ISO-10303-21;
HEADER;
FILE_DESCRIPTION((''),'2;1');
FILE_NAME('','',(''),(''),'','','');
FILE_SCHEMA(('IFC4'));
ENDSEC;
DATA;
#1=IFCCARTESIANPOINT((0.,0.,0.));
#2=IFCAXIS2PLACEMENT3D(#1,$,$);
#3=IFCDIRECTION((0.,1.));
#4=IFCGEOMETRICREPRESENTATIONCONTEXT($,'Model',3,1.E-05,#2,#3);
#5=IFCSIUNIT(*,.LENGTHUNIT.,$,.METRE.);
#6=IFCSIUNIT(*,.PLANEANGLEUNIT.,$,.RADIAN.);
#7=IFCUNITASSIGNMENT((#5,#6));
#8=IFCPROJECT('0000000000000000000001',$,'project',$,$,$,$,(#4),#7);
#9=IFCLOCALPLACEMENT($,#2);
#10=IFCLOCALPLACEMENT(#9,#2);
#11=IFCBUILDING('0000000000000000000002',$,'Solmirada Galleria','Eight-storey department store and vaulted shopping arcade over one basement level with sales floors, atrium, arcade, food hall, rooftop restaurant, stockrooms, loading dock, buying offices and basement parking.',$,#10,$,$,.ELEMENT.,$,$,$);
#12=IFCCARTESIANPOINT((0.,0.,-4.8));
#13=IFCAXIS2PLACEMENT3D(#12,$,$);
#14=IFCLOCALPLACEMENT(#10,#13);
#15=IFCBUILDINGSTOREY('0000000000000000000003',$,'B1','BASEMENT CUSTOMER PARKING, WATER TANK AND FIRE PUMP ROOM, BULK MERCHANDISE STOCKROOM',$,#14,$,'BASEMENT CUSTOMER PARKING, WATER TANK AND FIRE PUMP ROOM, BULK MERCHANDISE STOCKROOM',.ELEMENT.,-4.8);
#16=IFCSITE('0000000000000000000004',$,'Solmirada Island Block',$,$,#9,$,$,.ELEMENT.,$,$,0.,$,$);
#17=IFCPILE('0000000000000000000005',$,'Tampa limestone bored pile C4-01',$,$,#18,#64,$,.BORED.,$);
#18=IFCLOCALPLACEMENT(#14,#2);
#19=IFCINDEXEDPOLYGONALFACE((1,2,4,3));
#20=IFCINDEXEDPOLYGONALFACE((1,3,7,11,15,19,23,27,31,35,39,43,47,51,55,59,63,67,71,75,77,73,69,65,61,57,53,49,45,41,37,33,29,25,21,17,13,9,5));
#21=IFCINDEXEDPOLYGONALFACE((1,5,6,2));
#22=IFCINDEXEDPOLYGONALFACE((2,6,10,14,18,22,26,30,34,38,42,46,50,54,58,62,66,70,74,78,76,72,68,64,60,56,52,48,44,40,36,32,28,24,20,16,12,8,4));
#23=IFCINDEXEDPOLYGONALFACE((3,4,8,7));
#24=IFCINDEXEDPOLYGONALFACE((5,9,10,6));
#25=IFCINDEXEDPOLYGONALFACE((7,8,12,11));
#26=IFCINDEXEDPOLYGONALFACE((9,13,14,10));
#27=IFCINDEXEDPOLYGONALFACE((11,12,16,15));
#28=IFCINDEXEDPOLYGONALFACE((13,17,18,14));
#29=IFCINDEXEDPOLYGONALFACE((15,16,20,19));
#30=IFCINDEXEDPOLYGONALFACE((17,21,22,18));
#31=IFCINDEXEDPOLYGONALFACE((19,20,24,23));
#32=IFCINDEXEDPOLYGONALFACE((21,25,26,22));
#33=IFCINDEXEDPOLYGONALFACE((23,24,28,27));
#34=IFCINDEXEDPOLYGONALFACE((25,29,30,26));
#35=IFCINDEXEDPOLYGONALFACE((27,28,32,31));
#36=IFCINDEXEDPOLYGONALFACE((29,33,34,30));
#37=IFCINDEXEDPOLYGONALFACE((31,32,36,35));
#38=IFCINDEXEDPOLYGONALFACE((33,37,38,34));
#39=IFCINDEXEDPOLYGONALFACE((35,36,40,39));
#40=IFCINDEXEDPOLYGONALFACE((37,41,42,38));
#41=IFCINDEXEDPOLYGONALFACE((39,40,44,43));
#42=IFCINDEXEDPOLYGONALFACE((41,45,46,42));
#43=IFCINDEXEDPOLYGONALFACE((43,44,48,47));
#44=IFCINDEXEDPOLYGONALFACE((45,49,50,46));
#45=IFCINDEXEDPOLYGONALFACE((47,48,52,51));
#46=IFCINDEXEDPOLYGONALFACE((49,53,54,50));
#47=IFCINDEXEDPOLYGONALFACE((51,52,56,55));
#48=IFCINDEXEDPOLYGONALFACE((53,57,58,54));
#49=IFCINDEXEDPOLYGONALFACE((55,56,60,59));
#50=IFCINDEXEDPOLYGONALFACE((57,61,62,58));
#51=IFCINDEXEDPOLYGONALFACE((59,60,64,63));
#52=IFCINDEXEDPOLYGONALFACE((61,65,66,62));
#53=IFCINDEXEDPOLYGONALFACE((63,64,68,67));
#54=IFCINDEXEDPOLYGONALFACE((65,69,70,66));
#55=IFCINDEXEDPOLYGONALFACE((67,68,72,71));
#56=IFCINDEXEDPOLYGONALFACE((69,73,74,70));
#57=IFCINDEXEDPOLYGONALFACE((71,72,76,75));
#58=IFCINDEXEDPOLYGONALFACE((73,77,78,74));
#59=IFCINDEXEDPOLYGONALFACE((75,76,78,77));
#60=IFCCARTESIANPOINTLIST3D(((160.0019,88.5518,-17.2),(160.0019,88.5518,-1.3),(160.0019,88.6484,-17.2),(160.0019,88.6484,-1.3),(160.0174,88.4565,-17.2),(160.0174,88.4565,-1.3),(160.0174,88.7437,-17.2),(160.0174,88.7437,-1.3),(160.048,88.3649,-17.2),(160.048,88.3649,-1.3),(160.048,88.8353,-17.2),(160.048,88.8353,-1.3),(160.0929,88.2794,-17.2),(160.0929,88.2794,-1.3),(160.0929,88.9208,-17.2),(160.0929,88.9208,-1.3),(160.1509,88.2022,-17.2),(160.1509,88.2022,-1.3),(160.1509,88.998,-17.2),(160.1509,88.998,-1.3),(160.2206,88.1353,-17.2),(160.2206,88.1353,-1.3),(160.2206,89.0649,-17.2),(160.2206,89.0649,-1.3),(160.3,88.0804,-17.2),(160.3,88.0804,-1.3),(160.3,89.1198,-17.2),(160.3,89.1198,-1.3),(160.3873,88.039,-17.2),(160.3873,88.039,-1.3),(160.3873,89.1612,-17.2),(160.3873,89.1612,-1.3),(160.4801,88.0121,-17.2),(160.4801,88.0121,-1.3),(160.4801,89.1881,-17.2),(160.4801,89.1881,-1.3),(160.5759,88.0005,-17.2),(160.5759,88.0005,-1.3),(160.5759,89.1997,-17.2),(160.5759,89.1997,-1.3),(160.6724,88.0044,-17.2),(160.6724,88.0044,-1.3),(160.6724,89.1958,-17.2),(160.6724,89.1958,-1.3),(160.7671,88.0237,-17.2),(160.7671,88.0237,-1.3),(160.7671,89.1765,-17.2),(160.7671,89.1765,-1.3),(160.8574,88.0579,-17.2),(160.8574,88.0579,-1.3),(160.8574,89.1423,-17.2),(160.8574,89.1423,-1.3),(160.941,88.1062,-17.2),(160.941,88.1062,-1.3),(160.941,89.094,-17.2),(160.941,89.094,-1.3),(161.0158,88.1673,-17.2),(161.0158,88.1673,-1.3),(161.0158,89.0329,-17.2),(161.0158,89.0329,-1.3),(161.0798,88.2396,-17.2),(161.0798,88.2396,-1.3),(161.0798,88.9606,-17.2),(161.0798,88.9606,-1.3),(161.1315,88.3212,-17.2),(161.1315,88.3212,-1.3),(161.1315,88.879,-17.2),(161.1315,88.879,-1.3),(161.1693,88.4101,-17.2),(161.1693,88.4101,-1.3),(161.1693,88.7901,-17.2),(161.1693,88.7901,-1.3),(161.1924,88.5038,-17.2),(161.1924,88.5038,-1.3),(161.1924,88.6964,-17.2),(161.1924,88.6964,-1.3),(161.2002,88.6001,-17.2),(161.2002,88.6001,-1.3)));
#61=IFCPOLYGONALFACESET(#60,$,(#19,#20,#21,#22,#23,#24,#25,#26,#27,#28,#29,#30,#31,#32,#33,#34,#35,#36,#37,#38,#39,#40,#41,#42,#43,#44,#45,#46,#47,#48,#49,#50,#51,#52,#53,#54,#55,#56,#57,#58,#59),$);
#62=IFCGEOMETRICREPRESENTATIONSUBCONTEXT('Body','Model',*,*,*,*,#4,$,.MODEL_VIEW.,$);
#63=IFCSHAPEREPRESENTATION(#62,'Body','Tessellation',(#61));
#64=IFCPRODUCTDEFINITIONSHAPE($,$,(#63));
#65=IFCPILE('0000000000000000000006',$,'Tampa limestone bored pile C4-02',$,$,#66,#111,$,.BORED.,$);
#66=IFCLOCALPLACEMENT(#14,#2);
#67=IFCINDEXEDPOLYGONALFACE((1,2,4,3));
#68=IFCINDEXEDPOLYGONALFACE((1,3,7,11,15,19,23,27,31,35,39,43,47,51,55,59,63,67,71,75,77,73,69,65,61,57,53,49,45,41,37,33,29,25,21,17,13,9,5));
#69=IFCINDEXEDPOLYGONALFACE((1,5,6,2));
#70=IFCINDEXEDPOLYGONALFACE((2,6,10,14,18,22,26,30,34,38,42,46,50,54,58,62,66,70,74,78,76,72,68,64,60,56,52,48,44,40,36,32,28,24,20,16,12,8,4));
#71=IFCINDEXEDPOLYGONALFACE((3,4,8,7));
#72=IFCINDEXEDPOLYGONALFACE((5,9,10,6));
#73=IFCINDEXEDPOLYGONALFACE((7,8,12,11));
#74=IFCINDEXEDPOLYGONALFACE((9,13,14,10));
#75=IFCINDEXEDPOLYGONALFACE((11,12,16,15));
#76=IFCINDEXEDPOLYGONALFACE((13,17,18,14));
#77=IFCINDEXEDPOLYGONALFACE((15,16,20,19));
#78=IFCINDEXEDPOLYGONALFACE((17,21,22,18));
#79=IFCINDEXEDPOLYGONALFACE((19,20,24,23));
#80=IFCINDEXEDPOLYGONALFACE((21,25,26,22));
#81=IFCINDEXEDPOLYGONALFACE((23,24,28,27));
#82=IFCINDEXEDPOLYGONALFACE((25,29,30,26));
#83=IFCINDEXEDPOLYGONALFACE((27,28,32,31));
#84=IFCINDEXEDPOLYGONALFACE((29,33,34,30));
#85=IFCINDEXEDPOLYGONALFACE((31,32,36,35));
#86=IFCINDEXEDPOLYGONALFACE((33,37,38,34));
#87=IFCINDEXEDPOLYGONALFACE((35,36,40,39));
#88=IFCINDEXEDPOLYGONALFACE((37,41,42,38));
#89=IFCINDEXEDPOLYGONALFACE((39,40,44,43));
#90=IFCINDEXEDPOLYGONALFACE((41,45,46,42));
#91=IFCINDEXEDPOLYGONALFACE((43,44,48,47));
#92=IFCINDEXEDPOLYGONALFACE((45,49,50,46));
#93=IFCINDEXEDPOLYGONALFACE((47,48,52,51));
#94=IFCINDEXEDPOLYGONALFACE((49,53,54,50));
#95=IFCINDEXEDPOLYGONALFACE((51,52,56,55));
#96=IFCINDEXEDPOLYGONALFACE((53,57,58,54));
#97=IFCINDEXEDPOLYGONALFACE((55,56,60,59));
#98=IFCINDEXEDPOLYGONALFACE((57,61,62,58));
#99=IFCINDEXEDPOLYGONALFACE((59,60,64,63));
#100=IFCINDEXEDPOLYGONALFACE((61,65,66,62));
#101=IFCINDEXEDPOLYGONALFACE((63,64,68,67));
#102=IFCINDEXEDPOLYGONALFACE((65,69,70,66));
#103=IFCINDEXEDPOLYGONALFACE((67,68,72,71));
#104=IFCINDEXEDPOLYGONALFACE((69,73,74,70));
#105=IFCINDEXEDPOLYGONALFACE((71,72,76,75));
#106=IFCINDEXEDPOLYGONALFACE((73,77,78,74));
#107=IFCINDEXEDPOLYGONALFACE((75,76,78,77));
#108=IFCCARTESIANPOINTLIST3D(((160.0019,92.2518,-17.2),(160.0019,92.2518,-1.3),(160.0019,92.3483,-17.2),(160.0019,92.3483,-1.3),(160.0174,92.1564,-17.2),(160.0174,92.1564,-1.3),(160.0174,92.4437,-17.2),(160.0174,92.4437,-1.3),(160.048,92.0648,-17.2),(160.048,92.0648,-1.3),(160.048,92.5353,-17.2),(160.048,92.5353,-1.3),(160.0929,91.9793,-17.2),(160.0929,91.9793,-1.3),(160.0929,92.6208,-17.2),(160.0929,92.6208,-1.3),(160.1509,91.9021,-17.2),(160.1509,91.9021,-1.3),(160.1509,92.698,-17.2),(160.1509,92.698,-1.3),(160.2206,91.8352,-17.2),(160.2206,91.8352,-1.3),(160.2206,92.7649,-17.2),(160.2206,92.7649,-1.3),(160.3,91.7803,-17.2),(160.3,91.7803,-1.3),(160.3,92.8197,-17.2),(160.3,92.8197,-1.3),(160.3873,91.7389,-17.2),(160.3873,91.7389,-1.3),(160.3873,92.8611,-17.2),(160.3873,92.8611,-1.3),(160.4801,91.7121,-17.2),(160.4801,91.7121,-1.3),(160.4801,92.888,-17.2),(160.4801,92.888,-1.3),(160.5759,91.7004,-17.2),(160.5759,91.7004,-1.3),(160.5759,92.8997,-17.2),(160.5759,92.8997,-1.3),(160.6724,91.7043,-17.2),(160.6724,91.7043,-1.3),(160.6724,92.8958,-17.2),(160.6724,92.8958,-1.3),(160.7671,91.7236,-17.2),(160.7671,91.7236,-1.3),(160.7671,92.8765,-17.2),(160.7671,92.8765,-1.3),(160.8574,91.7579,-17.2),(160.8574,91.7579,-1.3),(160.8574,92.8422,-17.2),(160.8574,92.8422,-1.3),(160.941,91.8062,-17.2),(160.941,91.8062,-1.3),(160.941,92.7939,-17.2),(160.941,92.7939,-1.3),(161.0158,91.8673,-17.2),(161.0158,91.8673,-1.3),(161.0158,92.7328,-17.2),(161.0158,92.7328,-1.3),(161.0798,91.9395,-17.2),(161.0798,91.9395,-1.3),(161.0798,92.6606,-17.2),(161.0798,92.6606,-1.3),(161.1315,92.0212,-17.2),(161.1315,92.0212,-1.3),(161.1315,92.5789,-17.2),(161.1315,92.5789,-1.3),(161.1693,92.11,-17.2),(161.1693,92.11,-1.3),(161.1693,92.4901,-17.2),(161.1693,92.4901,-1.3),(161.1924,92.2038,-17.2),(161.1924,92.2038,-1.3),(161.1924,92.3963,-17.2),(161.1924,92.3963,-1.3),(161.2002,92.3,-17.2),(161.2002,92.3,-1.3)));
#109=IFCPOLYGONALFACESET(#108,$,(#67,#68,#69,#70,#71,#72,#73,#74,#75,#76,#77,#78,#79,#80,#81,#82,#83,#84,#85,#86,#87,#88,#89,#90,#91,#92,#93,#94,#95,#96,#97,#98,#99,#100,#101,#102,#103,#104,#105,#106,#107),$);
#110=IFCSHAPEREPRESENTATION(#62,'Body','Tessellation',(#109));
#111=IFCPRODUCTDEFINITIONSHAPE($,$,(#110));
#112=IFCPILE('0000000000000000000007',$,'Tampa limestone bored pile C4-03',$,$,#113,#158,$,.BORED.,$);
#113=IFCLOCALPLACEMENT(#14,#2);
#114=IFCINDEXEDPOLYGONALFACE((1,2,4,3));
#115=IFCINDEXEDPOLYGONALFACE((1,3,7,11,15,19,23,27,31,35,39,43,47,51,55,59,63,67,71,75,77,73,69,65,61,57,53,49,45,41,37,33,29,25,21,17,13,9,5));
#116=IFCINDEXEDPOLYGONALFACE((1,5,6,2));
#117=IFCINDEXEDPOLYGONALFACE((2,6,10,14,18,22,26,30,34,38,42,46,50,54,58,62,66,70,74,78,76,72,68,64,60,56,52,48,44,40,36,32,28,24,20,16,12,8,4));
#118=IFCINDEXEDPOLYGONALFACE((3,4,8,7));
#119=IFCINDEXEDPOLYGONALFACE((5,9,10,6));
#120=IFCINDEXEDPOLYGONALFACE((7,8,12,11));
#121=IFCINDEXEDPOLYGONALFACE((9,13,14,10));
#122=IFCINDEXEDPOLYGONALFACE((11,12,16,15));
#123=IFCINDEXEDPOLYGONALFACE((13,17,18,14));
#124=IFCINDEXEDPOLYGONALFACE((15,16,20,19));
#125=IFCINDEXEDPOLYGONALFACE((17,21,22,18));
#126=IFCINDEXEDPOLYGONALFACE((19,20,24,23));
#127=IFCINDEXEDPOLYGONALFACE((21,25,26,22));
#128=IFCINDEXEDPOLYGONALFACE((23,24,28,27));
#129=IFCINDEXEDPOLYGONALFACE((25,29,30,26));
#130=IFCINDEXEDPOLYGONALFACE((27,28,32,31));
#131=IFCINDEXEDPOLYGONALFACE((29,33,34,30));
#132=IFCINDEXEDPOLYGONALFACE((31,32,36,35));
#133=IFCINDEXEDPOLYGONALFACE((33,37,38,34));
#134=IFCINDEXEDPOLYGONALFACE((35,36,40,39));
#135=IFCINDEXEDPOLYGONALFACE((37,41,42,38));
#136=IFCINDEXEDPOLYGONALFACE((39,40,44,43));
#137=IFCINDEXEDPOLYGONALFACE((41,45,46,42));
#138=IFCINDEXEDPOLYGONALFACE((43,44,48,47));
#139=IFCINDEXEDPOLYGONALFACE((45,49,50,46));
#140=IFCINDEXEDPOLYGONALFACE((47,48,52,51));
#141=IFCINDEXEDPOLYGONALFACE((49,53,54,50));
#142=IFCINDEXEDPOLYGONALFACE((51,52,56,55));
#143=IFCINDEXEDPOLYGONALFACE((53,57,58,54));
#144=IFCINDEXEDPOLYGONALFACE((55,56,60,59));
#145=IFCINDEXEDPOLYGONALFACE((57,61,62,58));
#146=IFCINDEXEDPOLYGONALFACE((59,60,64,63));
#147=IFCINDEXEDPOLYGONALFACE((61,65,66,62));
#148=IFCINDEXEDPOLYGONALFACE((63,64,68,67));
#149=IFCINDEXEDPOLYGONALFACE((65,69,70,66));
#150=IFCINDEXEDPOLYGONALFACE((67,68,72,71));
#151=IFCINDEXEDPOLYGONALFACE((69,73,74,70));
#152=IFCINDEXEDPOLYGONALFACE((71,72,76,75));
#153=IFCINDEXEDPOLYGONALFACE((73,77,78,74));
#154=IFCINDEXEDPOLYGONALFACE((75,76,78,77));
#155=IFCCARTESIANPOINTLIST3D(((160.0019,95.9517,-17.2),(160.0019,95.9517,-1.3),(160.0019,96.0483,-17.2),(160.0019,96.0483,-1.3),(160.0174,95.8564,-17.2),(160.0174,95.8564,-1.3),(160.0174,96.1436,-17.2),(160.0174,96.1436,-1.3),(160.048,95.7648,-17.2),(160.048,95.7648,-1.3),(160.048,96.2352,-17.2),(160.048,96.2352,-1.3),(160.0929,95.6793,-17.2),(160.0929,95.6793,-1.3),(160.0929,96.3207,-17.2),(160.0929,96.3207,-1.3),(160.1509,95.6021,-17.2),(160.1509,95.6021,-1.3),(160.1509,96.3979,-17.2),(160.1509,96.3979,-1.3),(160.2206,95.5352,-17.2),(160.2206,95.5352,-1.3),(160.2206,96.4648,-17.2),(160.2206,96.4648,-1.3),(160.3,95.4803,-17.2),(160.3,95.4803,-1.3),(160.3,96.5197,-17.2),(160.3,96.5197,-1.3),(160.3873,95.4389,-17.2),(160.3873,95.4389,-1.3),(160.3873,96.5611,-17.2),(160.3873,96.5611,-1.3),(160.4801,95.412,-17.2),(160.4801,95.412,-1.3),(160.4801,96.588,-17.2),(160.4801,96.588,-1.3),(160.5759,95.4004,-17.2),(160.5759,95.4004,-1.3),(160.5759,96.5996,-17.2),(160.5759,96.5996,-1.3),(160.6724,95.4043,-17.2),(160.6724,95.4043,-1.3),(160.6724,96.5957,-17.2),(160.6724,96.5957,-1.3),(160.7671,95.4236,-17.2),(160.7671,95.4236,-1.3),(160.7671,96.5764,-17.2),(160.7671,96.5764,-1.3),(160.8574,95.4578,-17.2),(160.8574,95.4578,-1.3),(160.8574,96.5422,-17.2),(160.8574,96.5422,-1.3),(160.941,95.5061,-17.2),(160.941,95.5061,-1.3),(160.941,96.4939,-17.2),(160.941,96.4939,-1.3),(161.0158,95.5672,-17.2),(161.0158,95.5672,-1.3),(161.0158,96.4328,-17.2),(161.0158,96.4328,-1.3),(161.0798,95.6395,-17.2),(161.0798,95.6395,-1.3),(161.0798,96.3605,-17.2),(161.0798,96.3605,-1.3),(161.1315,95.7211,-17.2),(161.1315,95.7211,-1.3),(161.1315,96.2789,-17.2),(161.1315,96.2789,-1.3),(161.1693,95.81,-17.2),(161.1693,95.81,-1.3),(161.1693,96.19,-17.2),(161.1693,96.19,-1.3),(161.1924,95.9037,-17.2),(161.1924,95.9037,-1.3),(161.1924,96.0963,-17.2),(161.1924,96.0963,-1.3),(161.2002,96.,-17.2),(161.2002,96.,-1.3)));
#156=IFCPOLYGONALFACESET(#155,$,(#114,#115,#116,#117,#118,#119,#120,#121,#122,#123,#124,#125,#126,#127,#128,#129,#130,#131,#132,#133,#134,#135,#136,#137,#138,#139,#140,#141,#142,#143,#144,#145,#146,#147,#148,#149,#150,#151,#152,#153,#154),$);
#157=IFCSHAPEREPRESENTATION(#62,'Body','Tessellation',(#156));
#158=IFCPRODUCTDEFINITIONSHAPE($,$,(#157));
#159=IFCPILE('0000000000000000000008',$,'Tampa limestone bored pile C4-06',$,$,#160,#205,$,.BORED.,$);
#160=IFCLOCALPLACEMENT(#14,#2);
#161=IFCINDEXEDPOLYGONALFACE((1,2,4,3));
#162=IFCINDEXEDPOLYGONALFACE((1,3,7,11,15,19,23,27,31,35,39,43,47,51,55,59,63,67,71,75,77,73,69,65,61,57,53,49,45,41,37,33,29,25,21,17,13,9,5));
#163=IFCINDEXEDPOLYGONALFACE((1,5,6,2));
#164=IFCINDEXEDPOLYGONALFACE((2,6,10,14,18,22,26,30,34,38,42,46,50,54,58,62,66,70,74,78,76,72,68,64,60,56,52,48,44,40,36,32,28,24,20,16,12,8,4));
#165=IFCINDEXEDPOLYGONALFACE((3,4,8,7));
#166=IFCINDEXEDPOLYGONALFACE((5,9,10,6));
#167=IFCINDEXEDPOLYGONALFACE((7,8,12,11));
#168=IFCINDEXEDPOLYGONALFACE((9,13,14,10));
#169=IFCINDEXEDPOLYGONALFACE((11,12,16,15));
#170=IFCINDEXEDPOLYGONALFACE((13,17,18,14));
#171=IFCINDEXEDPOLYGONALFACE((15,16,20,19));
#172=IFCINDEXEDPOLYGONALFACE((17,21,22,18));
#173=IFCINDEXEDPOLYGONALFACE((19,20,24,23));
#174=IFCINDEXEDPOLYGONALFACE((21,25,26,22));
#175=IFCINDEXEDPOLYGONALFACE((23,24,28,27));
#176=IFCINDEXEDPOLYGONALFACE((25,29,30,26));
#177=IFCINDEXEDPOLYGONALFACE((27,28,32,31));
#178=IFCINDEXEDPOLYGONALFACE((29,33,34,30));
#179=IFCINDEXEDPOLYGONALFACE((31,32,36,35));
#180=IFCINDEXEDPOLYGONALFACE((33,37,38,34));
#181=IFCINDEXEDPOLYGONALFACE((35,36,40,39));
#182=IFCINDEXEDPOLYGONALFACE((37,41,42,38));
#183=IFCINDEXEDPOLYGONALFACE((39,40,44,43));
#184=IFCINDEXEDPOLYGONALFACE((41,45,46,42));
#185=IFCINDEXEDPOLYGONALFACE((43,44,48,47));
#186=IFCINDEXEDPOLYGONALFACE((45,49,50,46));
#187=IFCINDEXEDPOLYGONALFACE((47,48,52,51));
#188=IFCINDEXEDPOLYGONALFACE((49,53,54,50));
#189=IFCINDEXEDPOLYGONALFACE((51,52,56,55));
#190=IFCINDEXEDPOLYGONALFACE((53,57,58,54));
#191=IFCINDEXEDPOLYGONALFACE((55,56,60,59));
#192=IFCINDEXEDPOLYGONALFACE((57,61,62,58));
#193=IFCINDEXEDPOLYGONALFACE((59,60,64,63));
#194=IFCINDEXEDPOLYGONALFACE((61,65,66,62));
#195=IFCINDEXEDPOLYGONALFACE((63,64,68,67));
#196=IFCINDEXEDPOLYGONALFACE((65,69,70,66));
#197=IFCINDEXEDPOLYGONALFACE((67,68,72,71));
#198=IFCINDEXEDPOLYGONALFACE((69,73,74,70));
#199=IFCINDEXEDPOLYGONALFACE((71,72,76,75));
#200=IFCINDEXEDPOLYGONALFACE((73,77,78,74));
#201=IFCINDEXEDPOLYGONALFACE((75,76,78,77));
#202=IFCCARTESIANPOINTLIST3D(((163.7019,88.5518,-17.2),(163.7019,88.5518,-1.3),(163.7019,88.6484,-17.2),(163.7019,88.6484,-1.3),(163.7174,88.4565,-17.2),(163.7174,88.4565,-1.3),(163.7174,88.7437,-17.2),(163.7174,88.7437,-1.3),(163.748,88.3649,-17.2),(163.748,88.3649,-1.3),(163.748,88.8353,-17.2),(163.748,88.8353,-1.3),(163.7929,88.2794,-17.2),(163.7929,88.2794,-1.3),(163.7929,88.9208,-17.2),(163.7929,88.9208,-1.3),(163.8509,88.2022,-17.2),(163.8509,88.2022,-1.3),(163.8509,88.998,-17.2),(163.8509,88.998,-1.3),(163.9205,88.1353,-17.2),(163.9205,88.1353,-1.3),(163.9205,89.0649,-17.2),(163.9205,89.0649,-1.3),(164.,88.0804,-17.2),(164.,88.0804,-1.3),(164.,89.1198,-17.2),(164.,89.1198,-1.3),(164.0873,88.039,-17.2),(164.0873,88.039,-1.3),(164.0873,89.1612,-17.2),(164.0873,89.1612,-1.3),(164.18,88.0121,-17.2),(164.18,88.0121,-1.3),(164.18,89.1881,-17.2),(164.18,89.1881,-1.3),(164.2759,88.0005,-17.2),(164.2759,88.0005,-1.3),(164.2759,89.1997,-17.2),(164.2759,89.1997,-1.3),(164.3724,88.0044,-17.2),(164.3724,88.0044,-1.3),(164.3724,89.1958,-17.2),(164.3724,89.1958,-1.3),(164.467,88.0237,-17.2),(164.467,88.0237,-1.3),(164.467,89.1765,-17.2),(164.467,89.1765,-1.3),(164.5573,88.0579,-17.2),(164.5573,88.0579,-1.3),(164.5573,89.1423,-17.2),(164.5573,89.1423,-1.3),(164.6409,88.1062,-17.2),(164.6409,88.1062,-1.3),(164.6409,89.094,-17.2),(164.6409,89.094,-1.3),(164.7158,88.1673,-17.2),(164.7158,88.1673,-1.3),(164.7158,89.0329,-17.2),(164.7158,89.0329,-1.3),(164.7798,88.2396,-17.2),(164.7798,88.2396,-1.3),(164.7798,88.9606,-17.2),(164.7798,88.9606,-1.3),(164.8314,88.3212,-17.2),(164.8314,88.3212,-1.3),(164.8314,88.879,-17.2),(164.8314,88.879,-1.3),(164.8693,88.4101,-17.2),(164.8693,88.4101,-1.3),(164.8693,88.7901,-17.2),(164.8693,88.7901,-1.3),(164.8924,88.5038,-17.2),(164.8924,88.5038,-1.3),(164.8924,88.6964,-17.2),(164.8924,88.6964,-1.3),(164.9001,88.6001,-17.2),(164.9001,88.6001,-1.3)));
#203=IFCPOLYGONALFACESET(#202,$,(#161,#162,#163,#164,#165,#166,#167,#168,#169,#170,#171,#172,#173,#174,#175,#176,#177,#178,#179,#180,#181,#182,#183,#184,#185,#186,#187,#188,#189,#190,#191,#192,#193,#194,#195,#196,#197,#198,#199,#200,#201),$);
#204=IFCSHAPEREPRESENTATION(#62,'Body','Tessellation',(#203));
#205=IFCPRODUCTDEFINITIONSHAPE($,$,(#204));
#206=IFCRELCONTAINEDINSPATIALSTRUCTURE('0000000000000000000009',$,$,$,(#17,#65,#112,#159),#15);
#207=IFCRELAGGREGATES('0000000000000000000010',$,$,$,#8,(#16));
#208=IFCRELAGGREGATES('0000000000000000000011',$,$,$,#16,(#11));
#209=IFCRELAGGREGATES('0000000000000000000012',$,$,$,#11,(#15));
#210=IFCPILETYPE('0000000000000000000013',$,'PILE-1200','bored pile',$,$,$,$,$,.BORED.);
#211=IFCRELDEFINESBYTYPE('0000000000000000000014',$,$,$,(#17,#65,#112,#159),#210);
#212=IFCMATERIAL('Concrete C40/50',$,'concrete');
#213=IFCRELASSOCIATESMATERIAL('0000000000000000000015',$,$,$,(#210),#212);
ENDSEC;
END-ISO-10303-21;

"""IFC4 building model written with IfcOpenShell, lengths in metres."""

from ifc_helpers import new_model, si_unit, direction, frame, origin, origin_2d, place, context, subcontext, project, spatial, circle, extrude, material, material_profile, profile_set, type_object, element, save


model = new_model("IFC4")

# Units and contexts
model_context = context("Model", 3, precision=1e-05, world=origin(), true_north=direction((0.0, 1.0)))
body_context = subcontext(model_context, "Body", "Model", "MODEL_VIEW")
ifc_project = project(units=[si_unit("LENGTHUNIT", "METRE"), si_unit("PLANEANGLEUNIT", "RADIAN")], contexts=[model_context])

# Site, building, storey
site_placement = place(None, origin())
site = spatial("IfcSite", under=ifc_project, at=site_placement, Name="Solmirada Island Block", CompositionType="ELEMENT", RefElevation=0.0)
building_placement = place(site_placement, origin())
building = spatial("IfcBuilding", under=site, at=building_placement, Name="Solmirada Galleria", Description="Eight-storey department store and vaulted shopping arcade over one basement level with sales floors, atrium, arcade, food hall, rooftop restaurant, stockrooms, loading dock, buying offices and basement parking.", CompositionType="ELEMENT")
storey_placement = place(building_placement, frame((0.0, 0.0, -4.8)))
storey = spatial("IfcBuildingStorey", under=building, at=storey_placement, Name="B1", Description="BASEMENT CUSTOMER PARKING, WATER TANK AND FIRE PUMP ROOM, BULK MERCHANDISE STOCKROOM", LongName="BASEMENT CUSTOMER PARKING, WATER TANK AND FIRE PUMP ROOM, BULK MERCHANDISE STOCKROOM", CompositionType="ELEMENT", Elevation=-4.8)

# Piles
ifc_material_1 = material(Name="Concrete C40/50", Category="concrete")
ifc_material_profile_1 = material_profile(ifc_material_1, circle(Radius=0.6001, at=origin_2d()), Name="PILE1200")
ifc_profile_set_1 = profile_set([ifc_material_profile_1], Name="Concrete C40/50")
pile_type = type_object("IfcPileType", Name="PILE-1200", Description="bored pile", PredefinedType="BORED", material=ifc_profile_set_1)
for number, where, z_axis, x_axis, name in (
    (1, (160.6001, 88.6001, -1.3), (0.0, 0.0, -1.0), (1.0, 0.0, 0.0), "Tampa limestone bored pile C4-01"),
    (2, (160.6001, 92.3, -1.3), (0.0, 0.0, -1.0), (1.0, 0.0, 0.0), "Tampa limestone bored pile C4-02"),
    (3, (160.6001, 96.0, -1.3), (0.0, 0.0, -1.0), (1.0, 0.0, 0.0), "Tampa limestone bored pile C4-03"),
    (4, (164.3, 88.6001, -1.3), (0.0, 0.0, -1.0), (1.0, 0.0, 0.0), "Tampa limestone bored pile C4-06"),
):
    element("IfcPile", number, at=place(storey_placement, frame(where, z_axis=z_axis, x_axis=x_axis)), inside=storey, type_object=pile_type, Name=name, PredefinedType="BORED", context=body_context, shape_type="SweptSolid", body=[
        extrude(circle(Radius=0.6001, at=origin_2d()), origin(), (0.0, 0.0, 1.0), 15.8999),
    ])

save(model, "model.ifc")
